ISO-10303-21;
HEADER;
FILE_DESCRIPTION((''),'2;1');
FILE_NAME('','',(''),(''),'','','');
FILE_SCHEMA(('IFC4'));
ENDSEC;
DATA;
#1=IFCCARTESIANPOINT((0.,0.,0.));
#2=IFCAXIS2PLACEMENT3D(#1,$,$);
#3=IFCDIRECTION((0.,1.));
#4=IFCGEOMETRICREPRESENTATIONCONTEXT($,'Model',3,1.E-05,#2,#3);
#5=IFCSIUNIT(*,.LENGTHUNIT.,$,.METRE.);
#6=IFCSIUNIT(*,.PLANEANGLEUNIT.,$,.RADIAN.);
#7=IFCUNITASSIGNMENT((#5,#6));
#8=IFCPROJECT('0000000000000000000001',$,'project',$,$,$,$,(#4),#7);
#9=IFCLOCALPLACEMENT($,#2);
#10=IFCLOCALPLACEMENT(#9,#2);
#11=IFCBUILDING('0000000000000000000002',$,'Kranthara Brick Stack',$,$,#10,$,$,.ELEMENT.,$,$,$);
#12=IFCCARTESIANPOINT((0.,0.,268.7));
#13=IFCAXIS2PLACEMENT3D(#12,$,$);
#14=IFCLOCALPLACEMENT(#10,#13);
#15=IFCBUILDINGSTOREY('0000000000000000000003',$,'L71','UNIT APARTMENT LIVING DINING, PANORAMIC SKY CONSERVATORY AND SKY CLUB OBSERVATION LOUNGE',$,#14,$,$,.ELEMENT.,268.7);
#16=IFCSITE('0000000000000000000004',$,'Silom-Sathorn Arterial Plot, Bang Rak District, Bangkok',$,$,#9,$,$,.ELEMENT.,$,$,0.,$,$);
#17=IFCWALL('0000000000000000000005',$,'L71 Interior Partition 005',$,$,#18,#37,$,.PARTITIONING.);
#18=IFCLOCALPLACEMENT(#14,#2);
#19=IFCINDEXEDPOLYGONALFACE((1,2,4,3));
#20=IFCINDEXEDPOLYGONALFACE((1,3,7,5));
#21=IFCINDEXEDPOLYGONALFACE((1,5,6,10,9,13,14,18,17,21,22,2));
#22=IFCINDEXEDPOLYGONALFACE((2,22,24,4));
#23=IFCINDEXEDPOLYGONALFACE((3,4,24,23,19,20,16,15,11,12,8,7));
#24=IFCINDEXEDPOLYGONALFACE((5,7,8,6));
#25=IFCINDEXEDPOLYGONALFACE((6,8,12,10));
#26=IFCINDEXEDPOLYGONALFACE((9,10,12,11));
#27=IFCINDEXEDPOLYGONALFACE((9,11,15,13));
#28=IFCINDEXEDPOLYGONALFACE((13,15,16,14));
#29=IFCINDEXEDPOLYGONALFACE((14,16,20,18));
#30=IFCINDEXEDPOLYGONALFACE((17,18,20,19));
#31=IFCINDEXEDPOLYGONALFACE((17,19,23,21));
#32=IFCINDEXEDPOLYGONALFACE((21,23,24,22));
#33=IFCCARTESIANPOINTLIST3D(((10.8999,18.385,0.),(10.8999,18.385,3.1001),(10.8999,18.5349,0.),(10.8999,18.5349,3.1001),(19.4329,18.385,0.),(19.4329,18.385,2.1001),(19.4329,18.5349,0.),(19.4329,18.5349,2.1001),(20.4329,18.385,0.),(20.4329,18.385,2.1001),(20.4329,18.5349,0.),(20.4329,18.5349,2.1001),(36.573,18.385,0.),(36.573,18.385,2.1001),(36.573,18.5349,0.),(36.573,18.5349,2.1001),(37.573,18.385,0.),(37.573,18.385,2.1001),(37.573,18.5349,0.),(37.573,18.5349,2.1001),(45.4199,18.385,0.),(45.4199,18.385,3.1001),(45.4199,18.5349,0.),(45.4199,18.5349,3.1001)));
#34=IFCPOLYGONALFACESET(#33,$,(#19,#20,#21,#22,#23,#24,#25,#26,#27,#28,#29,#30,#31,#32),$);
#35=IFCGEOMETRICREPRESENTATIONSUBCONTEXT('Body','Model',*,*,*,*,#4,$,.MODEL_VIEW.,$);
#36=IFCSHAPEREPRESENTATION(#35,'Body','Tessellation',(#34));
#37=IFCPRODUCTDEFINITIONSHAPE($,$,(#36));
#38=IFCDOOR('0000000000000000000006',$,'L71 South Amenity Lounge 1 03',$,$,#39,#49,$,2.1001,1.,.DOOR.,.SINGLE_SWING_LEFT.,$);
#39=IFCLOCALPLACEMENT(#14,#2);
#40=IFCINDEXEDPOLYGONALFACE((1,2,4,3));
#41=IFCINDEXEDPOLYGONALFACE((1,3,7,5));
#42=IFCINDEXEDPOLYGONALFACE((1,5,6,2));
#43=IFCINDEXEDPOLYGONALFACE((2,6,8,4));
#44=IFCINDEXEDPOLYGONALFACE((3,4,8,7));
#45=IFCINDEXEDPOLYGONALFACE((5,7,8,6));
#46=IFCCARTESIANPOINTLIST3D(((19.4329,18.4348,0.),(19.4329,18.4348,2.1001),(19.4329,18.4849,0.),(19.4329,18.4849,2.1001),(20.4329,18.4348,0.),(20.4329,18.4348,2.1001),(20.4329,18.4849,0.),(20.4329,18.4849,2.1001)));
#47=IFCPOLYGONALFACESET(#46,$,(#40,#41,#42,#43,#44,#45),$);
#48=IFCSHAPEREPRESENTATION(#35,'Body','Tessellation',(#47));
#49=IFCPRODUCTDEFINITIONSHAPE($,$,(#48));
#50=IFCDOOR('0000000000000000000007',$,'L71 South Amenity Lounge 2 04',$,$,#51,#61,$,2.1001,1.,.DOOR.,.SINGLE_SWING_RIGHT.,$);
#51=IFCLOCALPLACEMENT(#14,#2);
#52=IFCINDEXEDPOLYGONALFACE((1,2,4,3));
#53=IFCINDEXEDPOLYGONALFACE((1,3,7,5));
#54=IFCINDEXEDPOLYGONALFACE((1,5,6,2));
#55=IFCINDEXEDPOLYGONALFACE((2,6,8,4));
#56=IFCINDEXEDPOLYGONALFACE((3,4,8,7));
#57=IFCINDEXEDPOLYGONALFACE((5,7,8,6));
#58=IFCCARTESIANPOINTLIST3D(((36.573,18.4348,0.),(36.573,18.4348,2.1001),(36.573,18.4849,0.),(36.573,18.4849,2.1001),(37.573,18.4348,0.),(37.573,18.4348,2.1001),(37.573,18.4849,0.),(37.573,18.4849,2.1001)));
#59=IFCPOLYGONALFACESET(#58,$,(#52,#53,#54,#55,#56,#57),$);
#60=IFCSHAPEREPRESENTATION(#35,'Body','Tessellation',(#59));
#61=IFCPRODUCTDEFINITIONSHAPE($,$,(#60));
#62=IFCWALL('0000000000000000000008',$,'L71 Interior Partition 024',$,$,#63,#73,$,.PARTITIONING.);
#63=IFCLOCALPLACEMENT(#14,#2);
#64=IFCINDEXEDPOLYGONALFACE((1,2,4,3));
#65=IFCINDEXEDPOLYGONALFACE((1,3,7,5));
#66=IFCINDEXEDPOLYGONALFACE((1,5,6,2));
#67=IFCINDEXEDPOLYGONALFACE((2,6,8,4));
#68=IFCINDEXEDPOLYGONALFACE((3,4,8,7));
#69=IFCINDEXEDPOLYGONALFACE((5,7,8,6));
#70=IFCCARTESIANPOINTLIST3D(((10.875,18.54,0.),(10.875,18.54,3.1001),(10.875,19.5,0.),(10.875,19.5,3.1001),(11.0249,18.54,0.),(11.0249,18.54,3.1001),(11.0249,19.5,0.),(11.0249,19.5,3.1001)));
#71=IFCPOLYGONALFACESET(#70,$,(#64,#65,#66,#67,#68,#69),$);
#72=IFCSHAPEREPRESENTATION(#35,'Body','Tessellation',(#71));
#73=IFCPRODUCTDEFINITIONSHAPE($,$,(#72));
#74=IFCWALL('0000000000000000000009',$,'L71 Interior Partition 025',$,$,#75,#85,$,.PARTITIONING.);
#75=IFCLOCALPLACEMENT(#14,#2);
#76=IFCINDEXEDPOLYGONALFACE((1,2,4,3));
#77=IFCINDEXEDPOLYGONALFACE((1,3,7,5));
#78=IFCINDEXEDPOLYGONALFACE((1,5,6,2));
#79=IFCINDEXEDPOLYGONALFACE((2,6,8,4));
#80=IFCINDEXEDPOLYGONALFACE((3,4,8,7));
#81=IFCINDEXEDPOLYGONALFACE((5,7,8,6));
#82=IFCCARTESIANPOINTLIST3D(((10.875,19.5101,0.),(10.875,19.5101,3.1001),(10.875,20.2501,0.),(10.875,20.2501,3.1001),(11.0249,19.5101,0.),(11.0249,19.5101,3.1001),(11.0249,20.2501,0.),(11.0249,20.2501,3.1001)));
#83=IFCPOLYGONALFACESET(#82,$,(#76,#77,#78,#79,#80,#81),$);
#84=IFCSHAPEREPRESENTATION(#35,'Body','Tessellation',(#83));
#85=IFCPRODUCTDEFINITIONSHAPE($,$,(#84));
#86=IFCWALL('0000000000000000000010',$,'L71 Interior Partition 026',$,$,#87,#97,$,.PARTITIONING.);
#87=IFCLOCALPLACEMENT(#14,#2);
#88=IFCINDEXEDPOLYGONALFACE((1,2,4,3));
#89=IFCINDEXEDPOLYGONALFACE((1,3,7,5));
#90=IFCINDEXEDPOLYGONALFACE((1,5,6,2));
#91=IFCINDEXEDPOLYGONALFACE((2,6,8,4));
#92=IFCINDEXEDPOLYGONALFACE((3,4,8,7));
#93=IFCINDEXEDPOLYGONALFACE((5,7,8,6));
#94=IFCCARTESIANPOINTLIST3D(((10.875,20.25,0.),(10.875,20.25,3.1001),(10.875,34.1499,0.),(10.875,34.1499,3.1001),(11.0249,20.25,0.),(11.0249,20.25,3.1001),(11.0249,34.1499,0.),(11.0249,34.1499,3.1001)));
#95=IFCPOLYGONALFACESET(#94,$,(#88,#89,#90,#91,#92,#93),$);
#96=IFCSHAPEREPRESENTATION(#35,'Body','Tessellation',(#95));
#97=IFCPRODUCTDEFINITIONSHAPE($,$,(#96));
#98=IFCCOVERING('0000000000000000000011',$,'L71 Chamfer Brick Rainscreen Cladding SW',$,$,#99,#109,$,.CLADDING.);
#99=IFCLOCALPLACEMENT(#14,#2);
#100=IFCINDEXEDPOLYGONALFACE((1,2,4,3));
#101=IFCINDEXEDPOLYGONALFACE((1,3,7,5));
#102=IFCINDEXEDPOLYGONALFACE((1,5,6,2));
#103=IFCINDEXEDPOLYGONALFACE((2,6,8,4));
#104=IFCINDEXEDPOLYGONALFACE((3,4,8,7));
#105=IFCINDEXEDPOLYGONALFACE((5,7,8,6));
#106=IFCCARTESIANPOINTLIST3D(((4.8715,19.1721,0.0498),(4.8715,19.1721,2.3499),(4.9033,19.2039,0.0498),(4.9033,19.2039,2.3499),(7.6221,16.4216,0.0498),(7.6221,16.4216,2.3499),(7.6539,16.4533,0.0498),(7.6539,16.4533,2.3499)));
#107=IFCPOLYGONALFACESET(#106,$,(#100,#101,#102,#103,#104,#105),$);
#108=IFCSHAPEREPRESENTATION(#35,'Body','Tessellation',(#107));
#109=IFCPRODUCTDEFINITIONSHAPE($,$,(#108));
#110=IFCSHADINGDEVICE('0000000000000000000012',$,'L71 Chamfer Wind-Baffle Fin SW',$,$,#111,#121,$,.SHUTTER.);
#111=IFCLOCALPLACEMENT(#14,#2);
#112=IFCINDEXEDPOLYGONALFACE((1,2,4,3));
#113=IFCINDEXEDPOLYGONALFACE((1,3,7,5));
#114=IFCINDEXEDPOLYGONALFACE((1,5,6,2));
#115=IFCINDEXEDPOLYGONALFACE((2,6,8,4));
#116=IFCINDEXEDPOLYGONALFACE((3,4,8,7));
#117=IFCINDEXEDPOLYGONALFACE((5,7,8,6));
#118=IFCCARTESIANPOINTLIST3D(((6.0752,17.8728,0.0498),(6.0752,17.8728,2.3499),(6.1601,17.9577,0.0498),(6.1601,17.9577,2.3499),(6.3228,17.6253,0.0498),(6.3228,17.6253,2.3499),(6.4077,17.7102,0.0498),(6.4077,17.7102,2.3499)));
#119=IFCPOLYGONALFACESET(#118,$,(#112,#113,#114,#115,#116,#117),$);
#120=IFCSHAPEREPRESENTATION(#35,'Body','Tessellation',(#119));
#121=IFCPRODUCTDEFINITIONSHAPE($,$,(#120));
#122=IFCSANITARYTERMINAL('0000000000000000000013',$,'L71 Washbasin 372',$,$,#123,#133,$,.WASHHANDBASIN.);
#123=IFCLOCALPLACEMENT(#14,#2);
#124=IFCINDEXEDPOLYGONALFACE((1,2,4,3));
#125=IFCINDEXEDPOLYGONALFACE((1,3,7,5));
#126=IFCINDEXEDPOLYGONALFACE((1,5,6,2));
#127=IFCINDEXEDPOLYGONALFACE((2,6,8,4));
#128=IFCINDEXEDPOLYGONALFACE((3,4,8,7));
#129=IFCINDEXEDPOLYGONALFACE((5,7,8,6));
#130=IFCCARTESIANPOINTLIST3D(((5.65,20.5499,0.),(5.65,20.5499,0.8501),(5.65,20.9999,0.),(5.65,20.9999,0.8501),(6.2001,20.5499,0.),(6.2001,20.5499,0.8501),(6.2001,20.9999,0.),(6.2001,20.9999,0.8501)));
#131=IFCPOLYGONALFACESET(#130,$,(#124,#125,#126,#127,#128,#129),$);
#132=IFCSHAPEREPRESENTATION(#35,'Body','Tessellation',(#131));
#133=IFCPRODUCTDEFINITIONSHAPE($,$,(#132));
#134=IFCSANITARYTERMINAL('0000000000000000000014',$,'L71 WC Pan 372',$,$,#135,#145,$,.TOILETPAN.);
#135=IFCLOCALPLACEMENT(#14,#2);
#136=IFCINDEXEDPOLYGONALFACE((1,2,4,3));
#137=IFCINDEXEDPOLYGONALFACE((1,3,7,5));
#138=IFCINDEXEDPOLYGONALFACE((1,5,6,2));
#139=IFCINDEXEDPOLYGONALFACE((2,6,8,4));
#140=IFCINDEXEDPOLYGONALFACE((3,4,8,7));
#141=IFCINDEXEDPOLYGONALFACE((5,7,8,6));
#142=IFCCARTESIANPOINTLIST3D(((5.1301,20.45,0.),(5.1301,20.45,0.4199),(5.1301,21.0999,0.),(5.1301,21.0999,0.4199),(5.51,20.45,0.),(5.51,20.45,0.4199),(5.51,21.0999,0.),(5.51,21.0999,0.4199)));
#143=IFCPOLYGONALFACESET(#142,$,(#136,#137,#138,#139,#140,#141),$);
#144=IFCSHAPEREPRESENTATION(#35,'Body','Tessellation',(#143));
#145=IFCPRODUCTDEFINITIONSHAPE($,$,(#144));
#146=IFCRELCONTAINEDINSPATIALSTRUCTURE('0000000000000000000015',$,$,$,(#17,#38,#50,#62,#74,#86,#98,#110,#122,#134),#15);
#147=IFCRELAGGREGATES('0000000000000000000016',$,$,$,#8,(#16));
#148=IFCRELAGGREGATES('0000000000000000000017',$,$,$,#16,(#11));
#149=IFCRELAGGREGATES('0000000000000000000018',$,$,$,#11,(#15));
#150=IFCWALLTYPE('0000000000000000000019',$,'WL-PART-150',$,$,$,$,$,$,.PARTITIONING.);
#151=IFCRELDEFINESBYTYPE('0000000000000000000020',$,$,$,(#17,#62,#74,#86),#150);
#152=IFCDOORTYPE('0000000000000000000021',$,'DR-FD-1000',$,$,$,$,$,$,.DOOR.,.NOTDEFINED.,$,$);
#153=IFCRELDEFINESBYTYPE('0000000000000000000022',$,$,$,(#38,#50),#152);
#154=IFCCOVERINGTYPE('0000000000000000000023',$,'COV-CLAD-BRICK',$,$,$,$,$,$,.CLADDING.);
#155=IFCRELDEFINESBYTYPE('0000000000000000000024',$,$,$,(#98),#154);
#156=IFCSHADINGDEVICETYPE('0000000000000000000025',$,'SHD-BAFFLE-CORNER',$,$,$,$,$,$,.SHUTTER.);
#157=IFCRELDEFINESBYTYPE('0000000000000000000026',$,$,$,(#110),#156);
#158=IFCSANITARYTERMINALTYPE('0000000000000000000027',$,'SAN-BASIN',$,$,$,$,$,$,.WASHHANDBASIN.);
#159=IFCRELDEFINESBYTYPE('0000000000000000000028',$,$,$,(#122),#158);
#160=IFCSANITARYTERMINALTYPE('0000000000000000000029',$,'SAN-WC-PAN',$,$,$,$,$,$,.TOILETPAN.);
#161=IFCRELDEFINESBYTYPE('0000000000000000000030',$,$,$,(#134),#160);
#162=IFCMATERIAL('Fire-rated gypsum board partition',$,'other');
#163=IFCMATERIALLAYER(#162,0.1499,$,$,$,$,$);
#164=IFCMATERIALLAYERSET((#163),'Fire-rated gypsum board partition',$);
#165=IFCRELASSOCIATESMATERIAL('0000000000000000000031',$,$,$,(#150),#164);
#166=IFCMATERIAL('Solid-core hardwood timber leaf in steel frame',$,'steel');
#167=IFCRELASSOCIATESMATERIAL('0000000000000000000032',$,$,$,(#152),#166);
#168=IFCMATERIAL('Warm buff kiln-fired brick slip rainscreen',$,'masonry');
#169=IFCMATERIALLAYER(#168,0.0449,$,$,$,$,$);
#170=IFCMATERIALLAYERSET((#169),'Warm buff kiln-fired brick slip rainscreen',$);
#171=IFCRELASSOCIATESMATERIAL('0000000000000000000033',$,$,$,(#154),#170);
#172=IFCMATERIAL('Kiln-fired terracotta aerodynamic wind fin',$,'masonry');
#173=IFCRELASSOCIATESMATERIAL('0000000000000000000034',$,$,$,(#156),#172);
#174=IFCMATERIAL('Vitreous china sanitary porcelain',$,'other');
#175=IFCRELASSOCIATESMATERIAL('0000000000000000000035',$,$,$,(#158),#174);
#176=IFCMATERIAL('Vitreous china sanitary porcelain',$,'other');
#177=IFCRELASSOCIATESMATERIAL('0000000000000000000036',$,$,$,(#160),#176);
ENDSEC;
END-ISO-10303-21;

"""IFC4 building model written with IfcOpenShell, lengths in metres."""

from ifc_helpers import new_model, si_unit, direction, frame, frame_2d, origin, origin_2d, place, context, subcontext, project, spatial, rectangle, extrude, material, layer, layer_set, type_object, element, fill, save


model = new_model("IFC4")

# Units and contexts
model_context = context("Model", 3, precision=1e-05, world=origin(), true_north=direction((0.0, 1.0)))
body_context = subcontext(model_context, "Body", "Model", "MODEL_VIEW")
ifc_project = project(units=[si_unit("LENGTHUNIT", "METRE"), si_unit("PLANEANGLEUNIT", "RADIAN")], contexts=[model_context])

# Site, building, storey
site_placement = place(None, origin())
site = spatial("IfcSite", under=ifc_project, at=site_placement, Name="Silom-Sathorn Arterial Plot, Bang Rak District, Bangkok", CompositionType="ELEMENT", RefElevation=0.0)
building_placement = place(site_placement, origin())
building = spatial("IfcBuilding", under=site, at=building_placement, Name="Kranthara Brick Stack", CompositionType="ELEMENT")
storey_placement = place(building_placement, frame((0.0, 0.0, 268.7)))
storey = spatial("IfcBuildingStorey", under=building, at=storey_placement, Name="L71", Description="UNIT APARTMENT LIVING DINING, PANORAMIC SKY CONSERVATORY AND SKY CLUB OBSERVATION LOUNGE", CompositionType="ELEMENT", Elevation=268.7)

# Wall, openings, doors
ifc_material_1 = material(Name="Fire-rated gypsum board partition", Category="other")
ifc_layer_1 = layer(ifc_material_1, 0.1499)
ifc_layer_set_1 = layer_set([ifc_layer_1], Name="Fire-rated gypsum board partition")
wall_type_1 = type_object("IfcWallType", Name="WL-PART-150", PredefinedType="PARTITIONING", material=ifc_layer_set_1)
wall_1_placement = place(storey_placement, frame((10.8999, 18.46, 0.0), z_axis=(0.0, 0.0, 1.0), x_axis=(1.0, 0.0, 0.0)))
wall_1 = element("IfcWall", 1, at=wall_1_placement, inside=storey, type_object=wall_type_1, Name="L71 Interior Partition 005", PredefinedType="PARTITIONING", context=body_context, shape_type="SweptSolid", body=[
    extrude(rectangle(XDim=34.52, YDim=0.1499, at=frame_2d((17.26, 0.0))), origin(), (0.0, 0.0, 1.0), 3.1001),
])
opening_1_placement = place(wall_1_placement, frame((8.533, 0.0, 0.0)))
opening_1 = element("IfcOpeningElement", 2, at=opening_1_placement, cuts=wall_1, PredefinedType="OPENING", context=body_context, shape_type="SweptSolid", body=[
    extrude(rectangle(XDim=1.0, YDim=2.1001, at=frame_2d((0.5, 1.05))), frame((0.0, 0.085, 0.0), z_axis=(0.0, -1.0, 0.0), x_axis=(1.0, 0.0, 0.0)), (0.0, 0.0, 1.0), 0.1699),
])
opening_2_placement = place(wall_1_placement, frame((25.6731, 0.0, 0.0)))
opening_2 = element("IfcOpeningElement", 3, at=opening_2_placement, cuts=wall_1, PredefinedType="OPENING", context=body_context, shape_type="SweptSolid", body=[
    extrude(rectangle(XDim=1.0, YDim=2.1001, at=frame_2d((0.5, 1.05))), frame((0.0, 0.085, 0.0), z_axis=(0.0, -1.0, 0.0), x_axis=(1.0, 0.0, 0.0)), (0.0, 0.0, 1.0), 0.1699),
])
ifc_material_2 = material(Name="Solid-core hardwood timber leaf in steel frame", Category="steel")
door_type = type_object("IfcDoorType", Name="DR-FD-1000", OperationType="NOTDEFINED", PredefinedType="DOOR", material=ifc_material_2)
door_1_placement = place(opening_1_placement, origin())
door_1 = element("IfcDoor", 4, at=door_1_placement, inside=storey, type_object=door_type, Name="L71 South Amenity Lounge 1 03", OperationType="SINGLE_SWING_LEFT", OverallHeight=2.1001, OverallWidth=1.0, PredefinedType="DOOR", context=body_context, shape_type="SweptSolid", body=[
    extrude(rectangle(XDim=1.0, YDim=2.1001, at=frame_2d((0.5, 1.05))), frame((0.0, 0.0249, 0.0), z_axis=(0.0, -1.0, 0.0), x_axis=(1.0, 0.0, 0.0)), (0.0, 0.0, 1.0), 0.05),
])
fill(opening_1, door_1)
door_2_placement = place(opening_2_placement, origin())
door_2 = element("IfcDoor", 5, at=door_2_placement, inside=storey, type_object=door_type, Name="L71 South Amenity Lounge 2 04", OperationType="SINGLE_SWING_RIGHT", OverallHeight=2.1001, OverallWidth=1.0, PredefinedType="DOOR", context=body_context, shape_type="SweptSolid", body=[
    extrude(rectangle(XDim=1.0, YDim=2.1001, at=frame_2d((0.5, 1.05))), frame((0.0, 0.0249, 0.0), z_axis=(0.0, -1.0, 0.0), x_axis=(1.0, 0.0, 0.0)), (0.0, 0.0, 1.0), 0.05),
])
fill(opening_2, door_2)

# Walls
wall_2_placement = place(storey_placement, frame((10.95, 19.5, 0.0), z_axis=(0.0, 0.0, 1.0), x_axis=(0.0, -1.0, 0.0)))
element("IfcWall", 6, at=wall_2_placement, inside=storey, type_object=wall_type_1, Name="L71 Interior Partition 024", PredefinedType="PARTITIONING", context=body_context, shape_type="SweptSolid", body=[
    extrude(rectangle(XDim=0.96, YDim=0.1499, at=frame_2d((0.48, 0.0))), origin(), (0.0, 0.0, 1.0), 3.1001),
])
wall_3_placement = place(storey_placement, frame((10.95, 19.51, 0.0), z_axis=(0.0, 0.0, 1.0), x_axis=(0.0, 1.0, 0.0)))
element("IfcWall", 7, at=wall_3_placement, inside=storey, type_object=wall_type_1, Name="L71 Interior Partition 025", PredefinedType="PARTITIONING", context=body_context, shape_type="SweptSolid", body=[
    extrude(rectangle(XDim=0.74, YDim=0.1499, at=frame_2d((0.3701, 0.0))), origin(), (0.0, 0.0, 1.0), 3.1001),
])
wall_4_placement = place(storey_placement, frame((10.95, 20.25, 0.0), z_axis=(0.0, 0.0, 1.0), x_axis=(0.0, 1.0, 0.0)))
element("IfcWall", 8, at=wall_4_placement, inside=storey, type_object=wall_type_1, Name="L71 Interior Partition 026", PredefinedType="PARTITIONING", context=body_context, shape_type="SweptSolid", body=[
    extrude(rectangle(XDim=13.8999, YDim=0.1499, at=frame_2d((6.95, 0.0))), origin(), (0.0, 0.0, 1.0), 3.1001),
])

# Covering
ifc_material_3 = material(Name="Warm buff kiln-fired brick slip rainscreen", Category="masonry")
ifc_layer_2 = layer(ifc_material_3, 0.0449)
ifc_layer_set_2 = layer_set([ifc_layer_2], Name="Warm buff kiln-fired brick slip rainscreen")
covering_type = type_object("IfcCoveringType", Name="COV-CLAD-BRICK", PredefinedType="CLADDING", material=ifc_layer_set_2)
covering_placement = place(storey_placement, frame((6.2627, 17.8127, 0.0498), z_axis=(0.0, 0.0, 1.0), x_axis=(-0.707107, 0.707107, 0.0)))
element("IfcCovering", 9, at=covering_placement, inside=storey, type_object=covering_type, Name="L71 Chamfer Brick Rainscreen Cladding SW", PredefinedType="CLADDING", context=body_context, shape_type="SweptSolid", body=[
    extrude(rectangle(XDim=3.8899, YDim=0.0449, at=origin_2d()), origin(), (0.0, 0.0, 1.0), 2.3),
])

# Shading device
ifc_material_4 = material(Name="Kiln-fired terracotta aerodynamic wind fin", Category="masonry")
shading_device_type = type_object("IfcShadingDeviceType", Name="SHD-BAFFLE-CORNER", PredefinedType="SHUTTER", material=ifc_material_4)
shading_device_placement = place(storey_placement, frame((6.2415, 17.7915, 0.0498), z_axis=(0.0, 0.0, 1.0), x_axis=(-0.707107, 0.707107, 0.0)))
element("IfcShadingDevice", 10, at=shading_device_placement, inside=storey, type_object=shading_device_type, Name="L71 Chamfer Wind-Baffle Fin SW", PredefinedType="SHUTTER", context=body_context, shape_type="SweptSolid", body=[
    extrude(rectangle(XDim=0.3501, YDim=0.1201, at=origin_2d()), origin(), (0.0, 0.0, 1.0), 2.3),
])

# Sanitary terminals
ifc_material_5 = material(Name="Vitreous china sanitary porcelain", Category="other")
sanitary_terminal_type_1 = type_object("IfcSanitaryTerminalType", Name="SAN-BASIN", PredefinedType="WASHHANDBASIN", material=ifc_material_5)
sanitary_terminal_1_placement = place(storey_placement, frame((5.925, 20.7749, 0.0), z_axis=(0.0, 0.0, 1.0), x_axis=(1.0, 0.0, 0.0)))
element("IfcSanitaryTerminal", 11, at=sanitary_terminal_1_placement, inside=storey, type_object=sanitary_terminal_type_1, Name="L71 Washbasin 372", PredefinedType="WASHHANDBASIN", context=body_context, shape_type="SweptSolid", body=[
    extrude(rectangle(XDim=0.55, YDim=0.45, at=origin_2d()), origin(), (0.0, 0.0, 1.0), 0.8501),
])
ifc_material_6 = material(Name="Vitreous china sanitary porcelain", Category="other")
sanitary_terminal_type_2 = type_object("IfcSanitaryTerminalType", Name="SAN-WC-PAN", PredefinedType="TOILETPAN", material=ifc_material_6)
sanitary_terminal_2_placement = place(storey_placement, frame((5.3201, 20.7749, 0.0), z_axis=(0.0, 0.0, 1.0), x_axis=(1.0, 0.0, 0.0)))
element("IfcSanitaryTerminal", 12, at=sanitary_terminal_2_placement, inside=storey, type_object=sanitary_terminal_type_2, Name="L71 WC Pan 372", PredefinedType="TOILETPAN", context=body_context, shape_type="SweptSolid", body=[
    extrude(rectangle(XDim=0.3799, YDim=0.6499, at=origin_2d()), origin(), (0.0, 0.0, 1.0), 0.4199),
])

save(model, "model.ifc")
